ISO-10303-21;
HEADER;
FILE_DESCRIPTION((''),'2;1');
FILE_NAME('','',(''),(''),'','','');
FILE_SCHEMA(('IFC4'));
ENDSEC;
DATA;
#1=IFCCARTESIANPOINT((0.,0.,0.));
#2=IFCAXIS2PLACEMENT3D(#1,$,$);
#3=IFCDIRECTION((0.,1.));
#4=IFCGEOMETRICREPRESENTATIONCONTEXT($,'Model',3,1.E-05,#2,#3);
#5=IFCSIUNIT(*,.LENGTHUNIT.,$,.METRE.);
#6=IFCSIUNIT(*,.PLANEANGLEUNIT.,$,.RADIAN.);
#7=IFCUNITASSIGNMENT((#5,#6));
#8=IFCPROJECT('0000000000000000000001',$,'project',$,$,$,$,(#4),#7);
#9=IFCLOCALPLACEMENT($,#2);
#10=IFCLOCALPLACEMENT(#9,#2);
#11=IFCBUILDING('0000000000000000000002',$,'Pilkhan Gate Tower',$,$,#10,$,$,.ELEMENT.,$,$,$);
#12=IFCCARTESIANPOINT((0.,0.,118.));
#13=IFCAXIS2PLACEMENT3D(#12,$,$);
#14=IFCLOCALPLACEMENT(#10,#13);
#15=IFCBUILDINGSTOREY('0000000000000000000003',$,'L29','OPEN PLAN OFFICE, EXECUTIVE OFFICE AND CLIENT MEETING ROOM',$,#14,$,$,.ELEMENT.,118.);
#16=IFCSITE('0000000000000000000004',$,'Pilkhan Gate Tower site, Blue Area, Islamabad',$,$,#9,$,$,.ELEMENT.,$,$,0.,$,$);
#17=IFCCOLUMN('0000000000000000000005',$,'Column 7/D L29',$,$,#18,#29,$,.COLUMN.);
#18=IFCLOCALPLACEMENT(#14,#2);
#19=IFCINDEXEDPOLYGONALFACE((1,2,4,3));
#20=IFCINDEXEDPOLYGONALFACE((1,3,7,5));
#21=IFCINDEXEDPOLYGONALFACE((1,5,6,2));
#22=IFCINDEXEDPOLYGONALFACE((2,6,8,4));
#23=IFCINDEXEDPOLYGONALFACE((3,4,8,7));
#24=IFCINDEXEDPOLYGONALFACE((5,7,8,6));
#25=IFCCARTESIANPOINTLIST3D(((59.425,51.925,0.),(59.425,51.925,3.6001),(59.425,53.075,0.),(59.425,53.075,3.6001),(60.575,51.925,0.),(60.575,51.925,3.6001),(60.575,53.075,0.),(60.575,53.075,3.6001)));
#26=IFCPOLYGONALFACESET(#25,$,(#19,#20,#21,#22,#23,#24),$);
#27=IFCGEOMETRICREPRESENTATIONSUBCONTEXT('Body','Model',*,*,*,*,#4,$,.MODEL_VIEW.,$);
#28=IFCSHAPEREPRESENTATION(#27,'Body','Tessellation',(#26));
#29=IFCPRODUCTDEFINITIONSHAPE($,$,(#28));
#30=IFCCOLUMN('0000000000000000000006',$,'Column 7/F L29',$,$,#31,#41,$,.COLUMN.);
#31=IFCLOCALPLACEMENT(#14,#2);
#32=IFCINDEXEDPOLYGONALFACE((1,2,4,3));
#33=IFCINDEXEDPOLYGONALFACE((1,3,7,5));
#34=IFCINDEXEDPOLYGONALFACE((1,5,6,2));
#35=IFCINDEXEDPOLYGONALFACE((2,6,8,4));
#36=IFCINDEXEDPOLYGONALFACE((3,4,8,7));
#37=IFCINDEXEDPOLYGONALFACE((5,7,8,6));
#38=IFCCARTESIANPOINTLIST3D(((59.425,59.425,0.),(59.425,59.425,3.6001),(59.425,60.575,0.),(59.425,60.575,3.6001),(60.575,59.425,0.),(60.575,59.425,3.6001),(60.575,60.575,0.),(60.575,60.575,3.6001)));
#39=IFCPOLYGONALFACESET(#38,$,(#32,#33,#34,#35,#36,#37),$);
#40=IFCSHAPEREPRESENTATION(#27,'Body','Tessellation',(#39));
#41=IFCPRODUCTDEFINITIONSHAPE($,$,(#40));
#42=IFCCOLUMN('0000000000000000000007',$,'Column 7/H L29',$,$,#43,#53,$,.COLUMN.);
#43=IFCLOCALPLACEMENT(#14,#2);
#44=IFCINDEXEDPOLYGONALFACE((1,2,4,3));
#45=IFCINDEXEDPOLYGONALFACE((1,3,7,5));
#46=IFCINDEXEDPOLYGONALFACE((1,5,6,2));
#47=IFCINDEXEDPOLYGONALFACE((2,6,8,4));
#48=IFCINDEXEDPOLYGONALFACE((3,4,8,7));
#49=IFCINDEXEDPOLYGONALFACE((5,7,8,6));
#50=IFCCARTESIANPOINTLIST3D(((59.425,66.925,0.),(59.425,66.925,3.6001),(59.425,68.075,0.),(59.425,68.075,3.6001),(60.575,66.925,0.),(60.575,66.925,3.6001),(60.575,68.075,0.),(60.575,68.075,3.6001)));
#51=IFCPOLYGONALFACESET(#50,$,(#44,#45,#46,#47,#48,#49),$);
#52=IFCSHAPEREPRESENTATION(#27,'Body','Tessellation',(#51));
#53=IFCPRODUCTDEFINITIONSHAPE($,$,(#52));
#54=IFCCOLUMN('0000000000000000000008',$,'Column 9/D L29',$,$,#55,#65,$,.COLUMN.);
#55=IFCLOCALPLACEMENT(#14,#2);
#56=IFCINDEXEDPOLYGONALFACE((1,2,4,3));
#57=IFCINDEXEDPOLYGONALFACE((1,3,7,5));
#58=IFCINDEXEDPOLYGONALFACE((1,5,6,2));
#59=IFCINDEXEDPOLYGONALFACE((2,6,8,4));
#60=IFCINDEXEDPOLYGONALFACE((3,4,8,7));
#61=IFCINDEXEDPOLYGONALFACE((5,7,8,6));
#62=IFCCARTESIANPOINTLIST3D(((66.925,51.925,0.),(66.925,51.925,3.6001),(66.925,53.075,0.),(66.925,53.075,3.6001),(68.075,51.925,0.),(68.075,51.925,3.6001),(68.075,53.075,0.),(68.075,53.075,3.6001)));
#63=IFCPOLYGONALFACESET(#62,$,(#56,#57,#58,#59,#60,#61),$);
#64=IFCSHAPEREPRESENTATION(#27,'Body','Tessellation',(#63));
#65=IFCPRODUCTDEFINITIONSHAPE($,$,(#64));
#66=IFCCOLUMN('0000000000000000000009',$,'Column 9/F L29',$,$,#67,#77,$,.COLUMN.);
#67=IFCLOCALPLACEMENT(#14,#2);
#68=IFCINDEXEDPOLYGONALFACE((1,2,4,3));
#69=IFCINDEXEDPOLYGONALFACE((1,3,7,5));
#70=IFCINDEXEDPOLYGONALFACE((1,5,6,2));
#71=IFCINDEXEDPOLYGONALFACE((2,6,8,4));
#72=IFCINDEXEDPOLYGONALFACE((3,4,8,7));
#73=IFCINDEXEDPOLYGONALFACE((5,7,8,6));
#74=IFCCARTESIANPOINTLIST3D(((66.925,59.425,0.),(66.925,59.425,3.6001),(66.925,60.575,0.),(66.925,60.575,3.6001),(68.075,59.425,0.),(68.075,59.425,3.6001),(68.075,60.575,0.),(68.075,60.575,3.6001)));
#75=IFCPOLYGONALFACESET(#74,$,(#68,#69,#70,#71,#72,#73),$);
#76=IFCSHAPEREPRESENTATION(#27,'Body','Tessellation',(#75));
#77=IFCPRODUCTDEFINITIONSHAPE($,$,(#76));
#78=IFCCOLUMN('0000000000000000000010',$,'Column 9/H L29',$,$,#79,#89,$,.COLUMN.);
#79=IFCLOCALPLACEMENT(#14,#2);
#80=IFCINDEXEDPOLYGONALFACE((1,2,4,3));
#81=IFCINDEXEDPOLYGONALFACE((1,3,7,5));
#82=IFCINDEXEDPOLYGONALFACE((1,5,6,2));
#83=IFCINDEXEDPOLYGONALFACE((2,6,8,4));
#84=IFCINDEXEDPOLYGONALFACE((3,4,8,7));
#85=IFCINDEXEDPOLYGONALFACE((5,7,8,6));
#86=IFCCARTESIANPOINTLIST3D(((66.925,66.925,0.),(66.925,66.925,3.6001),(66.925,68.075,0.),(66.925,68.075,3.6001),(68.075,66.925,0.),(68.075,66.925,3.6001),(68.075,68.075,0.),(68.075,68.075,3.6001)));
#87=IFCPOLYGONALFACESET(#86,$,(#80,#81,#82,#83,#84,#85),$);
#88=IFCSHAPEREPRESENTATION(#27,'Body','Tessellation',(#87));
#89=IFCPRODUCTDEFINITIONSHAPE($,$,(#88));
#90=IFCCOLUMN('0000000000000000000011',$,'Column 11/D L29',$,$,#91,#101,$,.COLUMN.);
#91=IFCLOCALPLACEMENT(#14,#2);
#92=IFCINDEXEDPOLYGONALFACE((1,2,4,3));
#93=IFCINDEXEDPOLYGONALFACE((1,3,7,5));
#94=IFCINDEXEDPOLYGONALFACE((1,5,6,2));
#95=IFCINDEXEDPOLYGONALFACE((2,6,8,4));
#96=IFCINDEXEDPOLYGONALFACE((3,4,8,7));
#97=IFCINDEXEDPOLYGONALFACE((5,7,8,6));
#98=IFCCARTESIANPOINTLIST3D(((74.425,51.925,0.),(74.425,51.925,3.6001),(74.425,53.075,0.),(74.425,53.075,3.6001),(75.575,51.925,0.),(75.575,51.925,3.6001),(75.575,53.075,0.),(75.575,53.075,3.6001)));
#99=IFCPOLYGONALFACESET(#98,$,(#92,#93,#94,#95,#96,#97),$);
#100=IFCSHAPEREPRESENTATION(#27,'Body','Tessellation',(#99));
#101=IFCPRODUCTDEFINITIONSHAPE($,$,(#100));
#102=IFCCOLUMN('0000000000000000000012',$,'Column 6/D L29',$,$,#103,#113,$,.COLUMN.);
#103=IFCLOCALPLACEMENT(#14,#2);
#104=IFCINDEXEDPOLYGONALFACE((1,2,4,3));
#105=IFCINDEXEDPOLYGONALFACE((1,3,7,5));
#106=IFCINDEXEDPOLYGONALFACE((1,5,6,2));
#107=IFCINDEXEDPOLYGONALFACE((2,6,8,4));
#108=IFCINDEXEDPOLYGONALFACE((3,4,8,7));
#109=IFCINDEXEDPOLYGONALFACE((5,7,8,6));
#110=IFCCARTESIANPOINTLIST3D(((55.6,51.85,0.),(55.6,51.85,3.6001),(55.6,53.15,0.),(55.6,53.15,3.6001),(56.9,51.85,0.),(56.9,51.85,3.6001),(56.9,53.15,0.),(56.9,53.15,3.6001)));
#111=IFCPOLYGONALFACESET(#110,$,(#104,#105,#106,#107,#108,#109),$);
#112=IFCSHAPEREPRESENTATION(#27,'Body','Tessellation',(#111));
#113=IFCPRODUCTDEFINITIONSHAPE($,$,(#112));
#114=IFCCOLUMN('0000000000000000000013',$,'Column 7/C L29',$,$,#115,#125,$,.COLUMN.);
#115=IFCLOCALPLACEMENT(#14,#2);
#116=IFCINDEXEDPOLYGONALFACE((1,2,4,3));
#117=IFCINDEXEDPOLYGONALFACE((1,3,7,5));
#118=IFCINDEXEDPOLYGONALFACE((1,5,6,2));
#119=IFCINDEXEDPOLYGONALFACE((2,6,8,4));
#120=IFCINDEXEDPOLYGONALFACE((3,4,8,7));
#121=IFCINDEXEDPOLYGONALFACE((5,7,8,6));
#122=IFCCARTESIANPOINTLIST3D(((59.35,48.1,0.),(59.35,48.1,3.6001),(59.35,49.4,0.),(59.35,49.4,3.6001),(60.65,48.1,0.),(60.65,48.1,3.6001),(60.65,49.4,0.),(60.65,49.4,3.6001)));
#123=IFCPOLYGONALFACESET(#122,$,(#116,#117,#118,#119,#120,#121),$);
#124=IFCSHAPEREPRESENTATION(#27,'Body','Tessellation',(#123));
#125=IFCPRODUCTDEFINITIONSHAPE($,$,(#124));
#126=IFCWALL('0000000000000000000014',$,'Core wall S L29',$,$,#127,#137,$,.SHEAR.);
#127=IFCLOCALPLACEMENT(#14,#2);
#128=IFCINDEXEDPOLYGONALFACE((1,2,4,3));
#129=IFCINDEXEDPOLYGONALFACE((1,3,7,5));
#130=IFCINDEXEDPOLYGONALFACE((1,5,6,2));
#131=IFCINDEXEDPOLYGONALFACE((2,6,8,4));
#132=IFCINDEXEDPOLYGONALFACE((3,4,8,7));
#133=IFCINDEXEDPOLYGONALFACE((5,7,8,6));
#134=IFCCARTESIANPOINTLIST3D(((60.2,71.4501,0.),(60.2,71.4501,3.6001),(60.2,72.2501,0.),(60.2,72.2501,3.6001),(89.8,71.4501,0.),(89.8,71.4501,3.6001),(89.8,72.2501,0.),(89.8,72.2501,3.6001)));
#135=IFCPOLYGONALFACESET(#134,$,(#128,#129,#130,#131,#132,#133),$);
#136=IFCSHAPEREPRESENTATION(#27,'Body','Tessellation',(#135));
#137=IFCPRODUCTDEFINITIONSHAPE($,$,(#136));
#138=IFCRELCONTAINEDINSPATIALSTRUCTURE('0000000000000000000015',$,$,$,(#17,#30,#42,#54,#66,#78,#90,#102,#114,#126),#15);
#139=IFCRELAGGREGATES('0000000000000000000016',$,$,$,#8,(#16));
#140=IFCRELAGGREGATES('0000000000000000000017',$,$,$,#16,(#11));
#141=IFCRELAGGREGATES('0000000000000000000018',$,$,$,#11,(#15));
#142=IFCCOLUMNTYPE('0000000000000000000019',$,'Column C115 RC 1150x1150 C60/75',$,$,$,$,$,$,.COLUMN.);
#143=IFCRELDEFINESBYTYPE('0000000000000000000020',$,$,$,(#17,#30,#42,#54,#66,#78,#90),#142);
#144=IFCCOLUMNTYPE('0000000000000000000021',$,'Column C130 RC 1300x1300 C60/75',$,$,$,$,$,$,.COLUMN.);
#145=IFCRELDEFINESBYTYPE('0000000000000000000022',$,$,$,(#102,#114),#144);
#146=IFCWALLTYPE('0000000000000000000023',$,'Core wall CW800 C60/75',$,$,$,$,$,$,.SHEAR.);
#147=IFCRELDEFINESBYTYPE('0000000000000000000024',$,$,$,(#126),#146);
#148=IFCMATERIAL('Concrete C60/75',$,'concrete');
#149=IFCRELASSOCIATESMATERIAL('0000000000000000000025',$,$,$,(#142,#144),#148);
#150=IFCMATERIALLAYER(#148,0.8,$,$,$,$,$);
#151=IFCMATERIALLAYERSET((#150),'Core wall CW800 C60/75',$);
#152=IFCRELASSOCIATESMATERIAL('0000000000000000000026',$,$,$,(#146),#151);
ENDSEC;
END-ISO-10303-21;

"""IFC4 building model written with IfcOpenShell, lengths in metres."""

from ifc_helpers import new_model, si_unit, direction, frame, frame_2d, origin, origin_2d, place, context, subcontext, project, spatial, rectangle, extrude, material, layer, layer_set, material_profile, profile_set, type_object, element, save


model = new_model("IFC4")

# Units and contexts
model_context = context("Model", 3, precision=1e-05, world=origin(), true_north=direction((0.0, 1.0)))
body_context = subcontext(model_context, "Body", "Model", "MODEL_VIEW")
ifc_project = project(units=[si_unit("LENGTHUNIT", "METRE"), si_unit("PLANEANGLEUNIT", "RADIAN")], contexts=[model_context])

# Site, building, storey
site_placement = place(None, origin())
site = spatial("IfcSite", under=ifc_project, at=site_placement, Name="Pilkhan Gate Tower site, Blue Area, Islamabad", CompositionType="ELEMENT", RefElevation=0.0)
building_placement = place(site_placement, origin())
building = spatial("IfcBuilding", under=site, at=building_placement, Name="Pilkhan Gate Tower", CompositionType="ELEMENT")
storey_placement = place(building_placement, frame((0.0, 0.0, 118.0)))
storey = spatial("IfcBuildingStorey", under=building, at=storey_placement, Name="L29", Description="OPEN PLAN OFFICE, EXECUTIVE OFFICE AND CLIENT MEETING ROOM", CompositionType="ELEMENT", Elevation=118.0)

# Columns
ifc_material_1 = material(Name="Concrete C60/75", Category="concrete")
ifc_material_profile_1 = material_profile(ifc_material_1, rectangle(XDim=1.1499, YDim=1.1499, at=origin_2d()), Name="RC 1150x1150")
ifc_profile_set_1 = profile_set([ifc_material_profile_1], Name="Concrete C60/75")
column_type_1 = type_object("IfcColumnType", Name="Column C115 RC 1150x1150 C60/75", PredefinedType="COLUMN", material=ifc_profile_set_1)
for number, where, z_axis, x_axis, name in (
    (1, (60.0, 52.5, 0.0), (0.0, 0.0, 1.0), (1.0, 0.0, 0.0), "Column 7/D L29"),
    (2, (60.0, 60.0, 0.0), (0.0, 0.0, 1.0), (1.0, 0.0, 0.0), "Column 7/F L29"),
    (3, (60.0, 67.5, 0.0), (0.0, 0.0, 1.0), (1.0, 0.0, 0.0), "Column 7/H L29"),
    (4, (67.5, 52.5, 0.0), (0.0, 0.0, 1.0), (1.0, 0.0, 0.0), "Column 9/D L29"),
    (5, (67.5, 60.0, 0.0), (0.0, 0.0, 1.0), (1.0, 0.0, 0.0), "Column 9/F L29"),
    (6, (67.5, 67.5, 0.0), (0.0, 0.0, 1.0), (1.0, 0.0, 0.0), "Column 9/H L29"),
    (7, (75.0, 52.5, 0.0), (0.0, 0.0, 1.0), (1.0, 0.0, 0.0), "Column 11/D L29"),
):
    element("IfcColumn", number, at=place(storey_placement, frame(where, z_axis=z_axis, x_axis=x_axis)), inside=storey, type_object=column_type_1, Name=name, PredefinedType="COLUMN", context=body_context, shape_type="SweptSolid", body=[
        extrude(rectangle(XDim=1.1499, YDim=1.1499, at=origin_2d()), origin(), (0.0, 0.0, 1.0), 3.6001),
    ])
ifc_material_profile_2 = material_profile(ifc_material_1, rectangle(XDim=1.3, YDim=1.3, at=origin_2d()), Name="RC 1300x1300")
ifc_profile_set_2 = profile_set([ifc_material_profile_2], Name="Concrete C60/75")
column_type_2 = type_object("IfcColumnType", Name="Column C130 RC 1300x1300 C60/75", PredefinedType="COLUMN", material=ifc_profile_set_2)
for number, where, z_axis, x_axis, name in (
    (8, (56.25, 52.5, 0.0), (0.0, 0.0, 1.0), (1.0, 0.0, 0.0), "Column 6/D L29"),
    (9, (60.0, 48.75, 0.0), (0.0, 0.0, 1.0), (1.0, 0.0, 0.0), "Column 7/C L29"),
):
    element("IfcColumn", number, at=place(storey_placement, frame(where, z_axis=z_axis, x_axis=x_axis)), inside=storey, type_object=column_type_2, Name=name, PredefinedType="COLUMN", context=body_context, shape_type="SweptSolid", body=[
        extrude(rectangle(XDim=1.3, YDim=1.3, at=origin_2d()), origin(), (0.0, 0.0, 1.0), 3.6001),
    ])

# Wall
ifc_layer_1 = layer(ifc_material_1, 0.8)
ifc_layer_set_1 = layer_set([ifc_layer_1], Name="Core wall CW800 C60/75")
wall_type_1 = type_object("IfcWallType", Name="Core wall CW800 C60/75", PredefinedType="SHEAR", material=ifc_layer_set_1)
wall_1_placement = place(storey_placement, frame((60.2, 71.8501, 0.0), z_axis=(0.0, 0.0, 1.0), x_axis=(1.0, 0.0, 0.0)))
element("IfcWall", 10, at=wall_1_placement, inside=storey, type_object=wall_type_1, Name="Core wall S L29", PredefinedType="SHEAR", context=body_context, shape_type="SweptSolid", body=[
    extrude(rectangle(XDim=29.6001, YDim=0.8, at=frame_2d((14.8, 0.0))), origin(), (0.0, 0.0, 1.0), 3.6001),
])

save(model, "model.ifc")
